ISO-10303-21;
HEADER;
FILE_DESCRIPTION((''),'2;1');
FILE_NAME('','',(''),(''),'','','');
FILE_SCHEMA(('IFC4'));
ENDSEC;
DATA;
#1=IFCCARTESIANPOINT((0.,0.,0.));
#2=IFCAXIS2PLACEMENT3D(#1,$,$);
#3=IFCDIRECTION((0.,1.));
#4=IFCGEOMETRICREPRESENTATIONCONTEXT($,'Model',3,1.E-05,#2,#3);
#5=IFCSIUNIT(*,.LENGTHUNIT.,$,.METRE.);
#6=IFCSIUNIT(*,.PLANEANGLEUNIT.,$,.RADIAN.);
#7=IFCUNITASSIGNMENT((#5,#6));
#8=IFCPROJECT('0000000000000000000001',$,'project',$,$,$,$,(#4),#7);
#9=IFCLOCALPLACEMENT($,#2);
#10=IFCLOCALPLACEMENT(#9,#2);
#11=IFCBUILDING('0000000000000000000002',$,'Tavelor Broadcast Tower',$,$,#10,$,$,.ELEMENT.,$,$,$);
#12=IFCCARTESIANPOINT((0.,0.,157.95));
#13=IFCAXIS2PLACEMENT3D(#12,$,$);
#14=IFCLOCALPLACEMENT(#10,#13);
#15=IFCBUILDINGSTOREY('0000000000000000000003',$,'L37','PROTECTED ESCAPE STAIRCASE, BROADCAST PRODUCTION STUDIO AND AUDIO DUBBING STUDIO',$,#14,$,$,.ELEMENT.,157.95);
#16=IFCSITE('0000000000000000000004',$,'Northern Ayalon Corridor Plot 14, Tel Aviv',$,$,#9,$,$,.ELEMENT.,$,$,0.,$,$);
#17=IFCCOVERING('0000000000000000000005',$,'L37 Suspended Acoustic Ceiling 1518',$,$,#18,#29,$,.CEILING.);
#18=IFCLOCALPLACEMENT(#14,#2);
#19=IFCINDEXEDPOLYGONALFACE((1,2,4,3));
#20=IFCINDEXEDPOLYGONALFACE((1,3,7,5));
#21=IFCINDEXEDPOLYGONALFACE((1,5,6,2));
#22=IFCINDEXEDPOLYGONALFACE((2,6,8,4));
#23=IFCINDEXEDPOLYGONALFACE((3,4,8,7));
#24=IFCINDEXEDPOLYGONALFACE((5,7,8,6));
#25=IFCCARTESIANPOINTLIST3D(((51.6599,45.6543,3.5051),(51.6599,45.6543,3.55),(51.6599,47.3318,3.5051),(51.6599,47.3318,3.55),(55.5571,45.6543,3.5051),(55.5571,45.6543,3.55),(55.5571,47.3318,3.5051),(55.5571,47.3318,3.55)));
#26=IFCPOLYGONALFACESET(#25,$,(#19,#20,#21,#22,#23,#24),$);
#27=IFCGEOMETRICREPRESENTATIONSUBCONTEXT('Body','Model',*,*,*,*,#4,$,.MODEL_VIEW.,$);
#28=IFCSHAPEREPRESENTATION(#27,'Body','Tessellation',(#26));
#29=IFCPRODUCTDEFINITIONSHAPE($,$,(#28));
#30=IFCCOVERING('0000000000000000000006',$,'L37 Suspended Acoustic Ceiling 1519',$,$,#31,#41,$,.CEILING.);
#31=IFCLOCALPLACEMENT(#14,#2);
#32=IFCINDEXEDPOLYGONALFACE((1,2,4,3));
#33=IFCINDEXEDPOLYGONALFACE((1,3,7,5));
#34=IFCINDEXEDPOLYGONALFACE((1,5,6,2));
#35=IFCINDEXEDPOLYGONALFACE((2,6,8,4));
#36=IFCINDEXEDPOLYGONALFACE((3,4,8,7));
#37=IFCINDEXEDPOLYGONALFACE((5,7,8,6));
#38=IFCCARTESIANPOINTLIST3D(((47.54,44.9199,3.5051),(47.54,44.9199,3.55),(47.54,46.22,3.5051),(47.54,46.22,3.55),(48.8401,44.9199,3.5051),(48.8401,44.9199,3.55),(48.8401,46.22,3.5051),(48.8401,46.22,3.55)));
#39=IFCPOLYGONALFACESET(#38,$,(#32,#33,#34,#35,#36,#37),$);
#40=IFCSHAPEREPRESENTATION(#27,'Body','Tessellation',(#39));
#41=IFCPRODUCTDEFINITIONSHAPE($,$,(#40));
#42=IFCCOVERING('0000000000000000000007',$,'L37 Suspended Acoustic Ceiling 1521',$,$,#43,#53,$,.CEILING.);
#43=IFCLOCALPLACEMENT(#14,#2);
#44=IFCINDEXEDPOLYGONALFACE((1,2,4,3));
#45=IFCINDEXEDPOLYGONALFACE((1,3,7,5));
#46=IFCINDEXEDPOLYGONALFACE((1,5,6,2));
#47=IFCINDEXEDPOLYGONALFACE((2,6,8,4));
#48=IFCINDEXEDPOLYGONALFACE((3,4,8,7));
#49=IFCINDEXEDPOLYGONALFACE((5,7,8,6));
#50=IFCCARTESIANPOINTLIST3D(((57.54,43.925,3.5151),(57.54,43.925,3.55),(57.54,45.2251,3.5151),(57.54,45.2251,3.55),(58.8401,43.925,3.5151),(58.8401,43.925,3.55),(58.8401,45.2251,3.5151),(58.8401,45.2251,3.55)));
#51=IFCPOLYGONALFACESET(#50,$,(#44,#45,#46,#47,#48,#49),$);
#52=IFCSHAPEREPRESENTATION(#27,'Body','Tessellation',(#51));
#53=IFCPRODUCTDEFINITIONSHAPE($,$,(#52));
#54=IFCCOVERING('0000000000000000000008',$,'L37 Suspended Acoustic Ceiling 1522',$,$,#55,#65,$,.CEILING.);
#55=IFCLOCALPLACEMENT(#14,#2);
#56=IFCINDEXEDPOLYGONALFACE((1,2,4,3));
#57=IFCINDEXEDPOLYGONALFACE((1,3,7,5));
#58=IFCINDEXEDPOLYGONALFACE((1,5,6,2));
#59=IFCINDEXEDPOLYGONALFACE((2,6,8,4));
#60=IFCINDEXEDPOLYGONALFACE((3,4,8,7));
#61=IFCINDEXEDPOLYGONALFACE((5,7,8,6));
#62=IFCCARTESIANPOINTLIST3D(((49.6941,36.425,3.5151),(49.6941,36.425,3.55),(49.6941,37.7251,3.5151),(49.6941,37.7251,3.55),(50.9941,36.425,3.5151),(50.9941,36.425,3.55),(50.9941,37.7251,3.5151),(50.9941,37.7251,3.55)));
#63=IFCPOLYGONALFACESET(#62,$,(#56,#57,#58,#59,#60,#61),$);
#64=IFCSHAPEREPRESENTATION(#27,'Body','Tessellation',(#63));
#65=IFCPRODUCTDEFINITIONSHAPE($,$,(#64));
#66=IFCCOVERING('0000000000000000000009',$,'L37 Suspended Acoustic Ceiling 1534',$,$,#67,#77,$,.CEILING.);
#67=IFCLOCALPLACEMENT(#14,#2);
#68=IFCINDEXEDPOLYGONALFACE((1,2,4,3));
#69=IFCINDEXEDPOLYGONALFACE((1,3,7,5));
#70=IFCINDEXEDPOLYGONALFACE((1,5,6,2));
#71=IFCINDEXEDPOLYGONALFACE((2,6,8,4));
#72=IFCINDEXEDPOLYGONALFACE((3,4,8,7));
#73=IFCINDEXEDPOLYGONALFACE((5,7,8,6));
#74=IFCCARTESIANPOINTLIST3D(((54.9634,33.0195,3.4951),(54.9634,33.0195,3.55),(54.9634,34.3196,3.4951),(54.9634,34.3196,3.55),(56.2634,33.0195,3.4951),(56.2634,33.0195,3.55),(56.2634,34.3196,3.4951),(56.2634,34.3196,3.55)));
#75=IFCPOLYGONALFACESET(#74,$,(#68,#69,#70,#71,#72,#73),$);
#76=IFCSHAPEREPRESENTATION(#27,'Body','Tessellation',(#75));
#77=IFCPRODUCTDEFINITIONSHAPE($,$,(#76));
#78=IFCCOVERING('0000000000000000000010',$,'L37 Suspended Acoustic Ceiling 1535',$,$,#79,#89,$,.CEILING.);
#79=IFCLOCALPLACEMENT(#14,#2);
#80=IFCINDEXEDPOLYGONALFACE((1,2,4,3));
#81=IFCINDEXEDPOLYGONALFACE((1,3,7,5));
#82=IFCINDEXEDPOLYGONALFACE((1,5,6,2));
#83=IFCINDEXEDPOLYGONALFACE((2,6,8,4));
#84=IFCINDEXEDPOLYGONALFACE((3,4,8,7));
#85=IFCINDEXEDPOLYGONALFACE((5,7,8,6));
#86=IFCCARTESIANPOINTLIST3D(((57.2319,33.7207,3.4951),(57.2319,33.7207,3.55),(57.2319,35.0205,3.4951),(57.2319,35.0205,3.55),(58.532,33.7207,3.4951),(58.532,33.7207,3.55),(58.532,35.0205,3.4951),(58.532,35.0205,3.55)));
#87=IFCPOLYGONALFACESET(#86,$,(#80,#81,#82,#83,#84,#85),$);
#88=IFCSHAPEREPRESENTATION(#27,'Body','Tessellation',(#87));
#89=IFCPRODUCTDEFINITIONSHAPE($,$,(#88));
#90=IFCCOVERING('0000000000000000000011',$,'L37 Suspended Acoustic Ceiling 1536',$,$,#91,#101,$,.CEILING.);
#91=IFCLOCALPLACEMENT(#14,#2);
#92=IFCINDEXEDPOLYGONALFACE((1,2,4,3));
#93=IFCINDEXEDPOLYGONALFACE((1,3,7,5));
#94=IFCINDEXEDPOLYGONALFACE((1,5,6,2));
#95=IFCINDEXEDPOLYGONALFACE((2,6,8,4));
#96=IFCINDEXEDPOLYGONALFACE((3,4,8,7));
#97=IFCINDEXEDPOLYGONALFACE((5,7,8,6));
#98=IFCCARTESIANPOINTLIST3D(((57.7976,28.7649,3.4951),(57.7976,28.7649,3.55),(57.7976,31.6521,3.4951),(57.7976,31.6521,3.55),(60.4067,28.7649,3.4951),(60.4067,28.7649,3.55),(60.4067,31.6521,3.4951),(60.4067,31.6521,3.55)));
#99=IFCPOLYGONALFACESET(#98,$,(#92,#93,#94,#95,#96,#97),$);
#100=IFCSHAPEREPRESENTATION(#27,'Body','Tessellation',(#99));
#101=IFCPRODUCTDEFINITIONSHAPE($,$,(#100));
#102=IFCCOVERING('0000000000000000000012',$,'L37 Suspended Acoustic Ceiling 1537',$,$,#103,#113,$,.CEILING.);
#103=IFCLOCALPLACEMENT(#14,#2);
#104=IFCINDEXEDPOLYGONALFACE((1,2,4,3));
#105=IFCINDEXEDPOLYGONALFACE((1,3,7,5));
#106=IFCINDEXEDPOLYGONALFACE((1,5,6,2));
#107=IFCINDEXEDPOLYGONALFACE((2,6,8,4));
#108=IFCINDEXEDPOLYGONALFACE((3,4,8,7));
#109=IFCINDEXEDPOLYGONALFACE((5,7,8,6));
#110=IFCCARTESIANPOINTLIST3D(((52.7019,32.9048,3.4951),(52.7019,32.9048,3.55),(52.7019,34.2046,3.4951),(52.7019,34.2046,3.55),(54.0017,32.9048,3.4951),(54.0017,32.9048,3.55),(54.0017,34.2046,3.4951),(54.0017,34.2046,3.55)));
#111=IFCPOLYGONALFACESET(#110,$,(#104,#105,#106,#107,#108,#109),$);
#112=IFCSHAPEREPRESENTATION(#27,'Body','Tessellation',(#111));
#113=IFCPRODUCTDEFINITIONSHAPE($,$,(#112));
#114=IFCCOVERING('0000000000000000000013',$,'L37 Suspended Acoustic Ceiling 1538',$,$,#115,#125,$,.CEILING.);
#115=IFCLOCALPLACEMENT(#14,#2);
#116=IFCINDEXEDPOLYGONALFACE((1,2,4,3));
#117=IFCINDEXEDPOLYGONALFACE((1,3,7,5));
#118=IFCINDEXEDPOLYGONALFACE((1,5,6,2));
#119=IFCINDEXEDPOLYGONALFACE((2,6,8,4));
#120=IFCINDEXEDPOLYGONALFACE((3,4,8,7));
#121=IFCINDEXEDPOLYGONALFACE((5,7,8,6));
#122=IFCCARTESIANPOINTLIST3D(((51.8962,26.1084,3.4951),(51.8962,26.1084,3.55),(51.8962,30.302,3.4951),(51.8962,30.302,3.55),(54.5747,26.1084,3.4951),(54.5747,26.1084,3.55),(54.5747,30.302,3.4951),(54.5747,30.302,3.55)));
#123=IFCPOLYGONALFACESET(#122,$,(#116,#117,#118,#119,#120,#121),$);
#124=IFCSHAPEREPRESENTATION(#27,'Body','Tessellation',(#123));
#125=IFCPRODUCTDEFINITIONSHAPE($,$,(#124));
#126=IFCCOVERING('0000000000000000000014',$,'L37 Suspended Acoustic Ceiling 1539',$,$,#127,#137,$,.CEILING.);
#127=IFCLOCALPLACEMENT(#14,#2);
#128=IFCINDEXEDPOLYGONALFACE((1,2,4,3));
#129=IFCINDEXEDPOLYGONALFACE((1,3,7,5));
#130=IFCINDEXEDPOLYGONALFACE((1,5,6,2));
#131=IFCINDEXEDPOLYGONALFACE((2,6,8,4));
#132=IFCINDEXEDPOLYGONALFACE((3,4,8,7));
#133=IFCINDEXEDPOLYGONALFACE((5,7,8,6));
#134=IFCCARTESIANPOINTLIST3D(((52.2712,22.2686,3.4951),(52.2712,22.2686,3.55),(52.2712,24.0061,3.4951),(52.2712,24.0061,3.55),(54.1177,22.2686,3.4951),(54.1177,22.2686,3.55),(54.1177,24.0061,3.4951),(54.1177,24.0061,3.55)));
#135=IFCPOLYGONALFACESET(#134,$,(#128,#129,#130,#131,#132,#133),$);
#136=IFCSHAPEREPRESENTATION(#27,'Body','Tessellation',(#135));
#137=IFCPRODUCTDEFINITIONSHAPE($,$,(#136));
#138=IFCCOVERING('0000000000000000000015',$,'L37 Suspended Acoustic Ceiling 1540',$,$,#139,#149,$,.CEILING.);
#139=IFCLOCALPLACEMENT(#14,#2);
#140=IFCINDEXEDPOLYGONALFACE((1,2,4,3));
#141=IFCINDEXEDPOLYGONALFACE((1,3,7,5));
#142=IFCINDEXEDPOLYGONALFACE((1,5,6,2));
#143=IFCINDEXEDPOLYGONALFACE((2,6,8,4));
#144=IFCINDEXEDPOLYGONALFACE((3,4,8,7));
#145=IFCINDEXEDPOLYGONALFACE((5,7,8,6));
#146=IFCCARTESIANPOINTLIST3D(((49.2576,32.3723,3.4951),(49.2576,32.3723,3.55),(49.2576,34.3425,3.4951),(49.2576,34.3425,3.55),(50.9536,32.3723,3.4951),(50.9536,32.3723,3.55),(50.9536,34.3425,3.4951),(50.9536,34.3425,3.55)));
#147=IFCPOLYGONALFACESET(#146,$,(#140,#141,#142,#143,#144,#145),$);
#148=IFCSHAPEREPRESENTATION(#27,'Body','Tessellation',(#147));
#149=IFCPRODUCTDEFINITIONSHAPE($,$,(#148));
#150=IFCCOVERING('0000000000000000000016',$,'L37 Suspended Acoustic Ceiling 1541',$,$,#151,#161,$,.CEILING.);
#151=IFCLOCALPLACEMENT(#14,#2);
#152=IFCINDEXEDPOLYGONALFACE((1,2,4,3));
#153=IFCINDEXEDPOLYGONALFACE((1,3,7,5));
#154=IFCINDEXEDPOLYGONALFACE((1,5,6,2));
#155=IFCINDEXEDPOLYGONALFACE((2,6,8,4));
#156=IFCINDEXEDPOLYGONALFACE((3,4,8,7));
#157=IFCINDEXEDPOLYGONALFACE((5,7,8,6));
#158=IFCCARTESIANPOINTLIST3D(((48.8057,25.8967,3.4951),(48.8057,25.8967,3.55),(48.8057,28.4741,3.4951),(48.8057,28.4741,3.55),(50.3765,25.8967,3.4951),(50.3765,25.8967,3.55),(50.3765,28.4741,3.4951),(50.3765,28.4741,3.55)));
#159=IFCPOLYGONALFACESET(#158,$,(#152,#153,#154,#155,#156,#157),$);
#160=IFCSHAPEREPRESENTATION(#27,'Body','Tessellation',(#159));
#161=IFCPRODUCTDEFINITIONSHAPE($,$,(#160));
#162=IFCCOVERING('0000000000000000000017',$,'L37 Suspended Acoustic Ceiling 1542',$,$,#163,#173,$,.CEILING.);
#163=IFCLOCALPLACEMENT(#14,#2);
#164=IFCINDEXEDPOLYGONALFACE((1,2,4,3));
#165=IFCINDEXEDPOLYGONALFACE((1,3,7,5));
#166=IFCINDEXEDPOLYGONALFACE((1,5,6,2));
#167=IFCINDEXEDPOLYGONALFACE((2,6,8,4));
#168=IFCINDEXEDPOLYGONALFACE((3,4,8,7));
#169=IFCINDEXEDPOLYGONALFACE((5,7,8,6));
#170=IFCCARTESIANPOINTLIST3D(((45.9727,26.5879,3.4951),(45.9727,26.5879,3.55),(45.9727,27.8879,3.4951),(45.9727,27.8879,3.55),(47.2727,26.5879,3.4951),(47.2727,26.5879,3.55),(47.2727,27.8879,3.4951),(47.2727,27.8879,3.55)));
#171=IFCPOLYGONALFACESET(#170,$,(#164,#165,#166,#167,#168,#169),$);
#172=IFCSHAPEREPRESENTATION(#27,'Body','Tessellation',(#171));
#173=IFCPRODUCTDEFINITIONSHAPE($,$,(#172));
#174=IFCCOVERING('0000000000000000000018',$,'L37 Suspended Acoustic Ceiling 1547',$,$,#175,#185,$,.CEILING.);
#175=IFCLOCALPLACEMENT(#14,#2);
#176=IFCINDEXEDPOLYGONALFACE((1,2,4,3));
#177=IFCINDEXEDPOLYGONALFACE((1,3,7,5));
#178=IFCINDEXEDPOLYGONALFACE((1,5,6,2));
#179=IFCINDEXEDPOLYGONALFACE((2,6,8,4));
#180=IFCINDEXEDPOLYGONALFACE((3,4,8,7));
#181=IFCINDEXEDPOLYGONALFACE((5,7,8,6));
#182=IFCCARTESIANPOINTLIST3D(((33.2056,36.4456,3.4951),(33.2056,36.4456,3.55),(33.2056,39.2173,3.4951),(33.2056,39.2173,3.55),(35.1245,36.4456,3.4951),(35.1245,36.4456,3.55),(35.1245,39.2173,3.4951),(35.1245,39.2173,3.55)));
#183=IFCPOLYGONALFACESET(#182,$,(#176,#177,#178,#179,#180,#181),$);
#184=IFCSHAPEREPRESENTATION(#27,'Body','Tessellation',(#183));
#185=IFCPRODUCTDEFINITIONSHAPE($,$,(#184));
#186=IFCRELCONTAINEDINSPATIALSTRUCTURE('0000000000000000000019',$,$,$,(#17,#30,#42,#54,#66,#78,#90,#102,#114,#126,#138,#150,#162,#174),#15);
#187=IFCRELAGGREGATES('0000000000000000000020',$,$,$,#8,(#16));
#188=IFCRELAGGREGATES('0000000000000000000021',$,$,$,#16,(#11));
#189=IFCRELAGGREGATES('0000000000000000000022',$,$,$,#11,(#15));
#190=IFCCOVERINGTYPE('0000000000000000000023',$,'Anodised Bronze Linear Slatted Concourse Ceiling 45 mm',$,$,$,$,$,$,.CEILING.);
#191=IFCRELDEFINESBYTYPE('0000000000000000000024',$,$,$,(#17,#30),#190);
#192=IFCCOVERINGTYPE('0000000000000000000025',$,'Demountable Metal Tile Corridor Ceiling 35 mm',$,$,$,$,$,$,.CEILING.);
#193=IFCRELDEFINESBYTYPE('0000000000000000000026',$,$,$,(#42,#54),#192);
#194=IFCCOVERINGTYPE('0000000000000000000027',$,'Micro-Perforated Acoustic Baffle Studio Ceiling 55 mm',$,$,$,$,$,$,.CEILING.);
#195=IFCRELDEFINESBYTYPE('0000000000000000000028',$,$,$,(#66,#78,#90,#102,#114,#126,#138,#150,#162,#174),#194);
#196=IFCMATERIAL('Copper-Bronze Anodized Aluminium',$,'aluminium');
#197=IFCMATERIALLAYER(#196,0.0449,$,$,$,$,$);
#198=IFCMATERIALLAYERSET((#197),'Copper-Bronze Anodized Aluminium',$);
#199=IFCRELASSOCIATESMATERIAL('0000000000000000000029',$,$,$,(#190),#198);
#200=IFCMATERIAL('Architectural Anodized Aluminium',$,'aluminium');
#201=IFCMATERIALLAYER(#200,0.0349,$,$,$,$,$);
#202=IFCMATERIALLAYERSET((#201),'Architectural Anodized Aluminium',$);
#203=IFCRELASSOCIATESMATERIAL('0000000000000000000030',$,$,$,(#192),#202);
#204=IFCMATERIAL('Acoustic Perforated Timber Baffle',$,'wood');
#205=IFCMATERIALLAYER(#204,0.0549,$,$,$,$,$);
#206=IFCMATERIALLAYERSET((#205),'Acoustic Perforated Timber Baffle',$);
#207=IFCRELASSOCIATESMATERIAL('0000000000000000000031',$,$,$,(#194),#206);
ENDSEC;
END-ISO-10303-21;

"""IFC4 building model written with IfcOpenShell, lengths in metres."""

from ifc_helpers import new_model, si_unit, direction, frame, origin, place, context, subcontext, project, spatial, polyline, outline, extrude, material, layer, layer_set, type_object, element, save


model = new_model("IFC4")

# Units and contexts
model_context = context("Model", 3, precision=1e-05, world=origin(), true_north=direction((0.0, 1.0)))
body_context = subcontext(model_context, "Body", "Model", "MODEL_VIEW")
ifc_project = project(units=[si_unit("LENGTHUNIT", "METRE"), si_unit("PLANEANGLEUNIT", "RADIAN")], contexts=[model_context])

# Site, building, storey
site_placement = place(None, origin())
site = spatial("IfcSite", under=ifc_project, at=site_placement, Name="Northern Ayalon Corridor Plot 14, Tel Aviv", CompositionType="ELEMENT", RefElevation=0.0)
building_placement = place(site_placement, origin())
building = spatial("IfcBuilding", under=site, at=building_placement, Name="Tavelor Broadcast Tower", CompositionType="ELEMENT")
storey_placement = place(building_placement, frame((0.0, 0.0, 157.95)))
storey = spatial("IfcBuildingStorey", under=building, at=storey_placement, Name="L37", Description="PROTECTED ESCAPE STAIRCASE, BROADCAST PRODUCTION STUDIO AND AUDIO DUBBING STUDIO", CompositionType="ELEMENT", Elevation=157.95)

# Coverings
ifc_material_1 = material(Name="Copper-Bronze Anodized Aluminium", Category="aluminium")
ifc_layer_1 = layer(ifc_material_1, 0.0449)
ifc_layer_set_1 = layer_set([ifc_layer_1], Name="Copper-Bronze Anodized Aluminium")
covering_type_1 = type_object("IfcCoveringType", Name="Anodised Bronze Linear Slatted Concourse Ceiling 45 mm", PredefinedType="CEILING", material=ifc_layer_set_1)
covering_1_placement = place(storey_placement, frame((0.0, 0.0, 3.5051)))
element("IfcCovering", 1, at=covering_1_placement, inside=storey, type_object=covering_type_1, Name="L37 Suspended Acoustic Ceiling 1518", PredefinedType="CEILING", context=body_context, shape_type="SweptSolid", body=[
    extrude(outline(polyline([(51.6599, 45.6543), (55.5571, 45.6543), (55.5571, 47.3318), (51.6599, 47.3318), (51.6599, 45.6543)])), origin(), (0.0, 0.0, 1.0), 0.0449),
])
covering_2_placement = place(storey_placement, frame((0.0, 0.0, 3.5051)))
element("IfcCovering", 2, at=covering_2_placement, inside=storey, type_object=covering_type_1, Name="L37 Suspended Acoustic Ceiling 1519", PredefinedType="CEILING", context=body_context, shape_type="SweptSolid", body=[
    extrude(outline(polyline([(47.54, 44.9199), (48.8401, 44.9199), (48.8401, 46.22), (47.54, 46.22), (47.54, 44.9199)])), origin(), (0.0, 0.0, 1.0), 0.0449),
])
ifc_material_2 = material(Name="Architectural Anodized Aluminium", Category="aluminium")
ifc_layer_2 = layer(ifc_material_2, 0.0349)
ifc_layer_set_2 = layer_set([ifc_layer_2], Name="Architectural Anodized Aluminium")
covering_type_2 = type_object("IfcCoveringType", Name="Demountable Metal Tile Corridor Ceiling 35 mm", PredefinedType="CEILING", material=ifc_layer_set_2)
covering_3_placement = place(storey_placement, frame((0.0, 0.0, 3.5151)))
element("IfcCovering", 3, at=covering_3_placement, inside=storey, type_object=covering_type_2, Name="L37 Suspended Acoustic Ceiling 1521", PredefinedType="CEILING", context=body_context, shape_type="SweptSolid", body=[
    extrude(outline(polyline([(57.54, 43.925), (58.8401, 43.925), (58.8401, 45.2251), (57.54, 45.2251), (57.54, 43.925)])), origin(), (0.0, 0.0, 1.0), 0.0349),
])
covering_4_placement = place(storey_placement, frame((0.0, 0.0, 3.5151)))
element("IfcCovering", 4, at=covering_4_placement, inside=storey, type_object=covering_type_2, Name="L37 Suspended Acoustic Ceiling 1522", PredefinedType="CEILING", context=body_context, shape_type="SweptSolid", body=[
    extrude(outline(polyline([(49.6941, 36.425), (50.9941, 36.425), (50.9941, 37.7251), (49.6941, 37.7251), (49.6941, 36.425)])), origin(), (0.0, 0.0, 1.0), 0.0349),
])
ifc_material_3 = material(Name="Acoustic Perforated Timber Baffle", Category="wood")
ifc_layer_3 = layer(ifc_material_3, 0.0549)
ifc_layer_set_3 = layer_set([ifc_layer_3], Name="Acoustic Perforated Timber Baffle")
covering_type_3 = type_object("IfcCoveringType", Name="Micro-Perforated Acoustic Baffle Studio Ceiling 55 mm", PredefinedType="CEILING", material=ifc_layer_set_3)
covering_5_placement = place(storey_placement, frame((0.0, 0.0, 3.4951)))
element("IfcCovering", 5, at=covering_5_placement, inside=storey, type_object=covering_type_3, Name="L37 Suspended Acoustic Ceiling 1534", PredefinedType="CEILING", context=body_context, shape_type="SweptSolid", body=[
    extrude(outline(polyline([(54.9634, 33.0195), (56.2634, 33.0195), (56.2634, 34.3196), (54.9634, 34.3196), (54.9634, 33.0195)])), origin(), (0.0, 0.0, 1.0), 0.0549),
])
covering_6_placement = place(storey_placement, frame((0.0, 0.0, 3.4951)))
element("IfcCovering", 6, at=covering_6_placement, inside=storey, type_object=covering_type_3, Name="L37 Suspended Acoustic Ceiling 1535", PredefinedType="CEILING", context=body_context, shape_type="SweptSolid", body=[
    extrude(outline(polyline([(57.2319, 33.7207), (58.532, 33.7207), (58.532, 35.0205), (57.2319, 35.0205), (57.2319, 33.7207)])), origin(), (0.0, 0.0, 1.0), 0.0549),
])
covering_7_placement = place(storey_placement, frame((0.0, 0.0, 3.4951)))
element("IfcCovering", 7, at=covering_7_placement, inside=storey, type_object=covering_type_3, Name="L37 Suspended Acoustic Ceiling 1536", PredefinedType="CEILING", context=body_context, shape_type="SweptSolid", body=[
    extrude(outline(polyline([(57.7976, 28.7649), (60.4067, 28.7649), (60.4067, 31.6521), (57.7976, 31.6521), (57.7976, 28.7649)])), origin(), (0.0, 0.0, 1.0), 0.0549),
])
covering_8_placement = place(storey_placement, frame((0.0, 0.0, 3.4951)))
element("IfcCovering", 8, at=covering_8_placement, inside=storey, type_object=covering_type_3, Name="L37 Suspended Acoustic Ceiling 1537", PredefinedType="CEILING", context=body_context, shape_type="SweptSolid", body=[
    extrude(outline(polyline([(52.7019, 32.9048), (54.0017, 32.9048), (54.0017, 34.2046), (52.7019, 34.2046), (52.7019, 32.9048)])), origin(), (0.0, 0.0, 1.0), 0.0549),
])
covering_9_placement = place(storey_placement, frame((0.0, 0.0, 3.4951)))
element("IfcCovering", 9, at=covering_9_placement, inside=storey, type_object=covering_type_3, Name="L37 Suspended Acoustic Ceiling 1538", PredefinedType="CEILING", context=body_context, shape_type="SweptSolid", body=[
    extrude(outline(polyline([(51.8962, 26.1084), (54.5747, 26.1084), (54.5747, 30.302), (51.8962, 30.302), (51.8962, 26.1084)])), origin(), (0.0, 0.0, 1.0), 0.0549),
])
covering_10_placement = place(storey_placement, frame((0.0, 0.0, 3.4951)))
element("IfcCovering", 10, at=covering_10_placement, inside=storey, type_object=covering_type_3, Name="L37 Suspended Acoustic Ceiling 1539", PredefinedType="CEILING", context=body_context, shape_type="SweptSolid", body=[
    extrude(outline(polyline([(52.2712, 22.2686), (54.1177, 22.2686), (54.1177, 24.0061), (52.2712, 24.0061), (52.2712, 22.2686)])), origin(), (0.0, 0.0, 1.0), 0.0549),
])
covering_11_placement = place(storey_placement, frame((0.0, 0.0, 3.4951)))
element("IfcCovering", 11, at=covering_11_placement, inside=storey, type_object=covering_type_3, Name="L37 Suspended Acoustic Ceiling 1540", PredefinedType="CEILING", context=body_context, shape_type="SweptSolid", body=[
    extrude(outline(polyline([(49.2576, 32.3723), (50.9536, 32.3723), (50.9536, 34.3425), (49.2576, 34.3425), (49.2576, 32.3723)])), origin(), (0.0, 0.0, 1.0), 0.0549),
])
covering_12_placement = place(storey_placement, frame((0.0, 0.0, 3.4951)))
element("IfcCovering", 12, at=covering_12_placement, inside=storey, type_object=covering_type_3, Name="L37 Suspended Acoustic Ceiling 1541", PredefinedType="CEILING", context=body_context, shape_type="SweptSolid", body=[
    extrude(outline(polyline([(48.8057, 25.8967), (50.3765, 25.8967), (50.3765, 28.4741), (48.8057, 28.4741), (48.8057, 25.8967)])), origin(), (0.0, 0.0, 1.0), 0.0549),
])
covering_13_placement = place(storey_placement, frame((0.0, 0.0, 3.4951)))
element("IfcCovering", 13, at=covering_13_placement, inside=storey, type_object=covering_type_3, Name="L37 Suspended Acoustic Ceiling 1542", PredefinedType="CEILING", context=body_context, shape_type="SweptSolid", body=[
    extrude(outline(polyline([(45.9727, 26.5879), (47.2727, 26.5879), (47.2727, 27.8879), (45.9727, 27.8879), (45.9727, 26.5879)])), origin(), (0.0, 0.0, 1.0), 0.0549),
])
covering_14_placement = place(storey_placement, frame((0.0, 0.0, 3.4951)))
element("IfcCovering", 14, at=covering_14_placement, inside=storey, type_object=covering_type_3, Name="L37 Suspended Acoustic Ceiling 1547", PredefinedType="CEILING", context=body_context, shape_type="SweptSolid", body=[
    extrude(outline(polyline([(33.2056, 36.4456), (35.1245, 36.4456), (35.1245, 39.2173), (33.2056, 39.2173), (33.2056, 36.4456)])), origin(), (0.0, 0.0, 1.0), 0.0549),
])

save(model, "model.ifc")
